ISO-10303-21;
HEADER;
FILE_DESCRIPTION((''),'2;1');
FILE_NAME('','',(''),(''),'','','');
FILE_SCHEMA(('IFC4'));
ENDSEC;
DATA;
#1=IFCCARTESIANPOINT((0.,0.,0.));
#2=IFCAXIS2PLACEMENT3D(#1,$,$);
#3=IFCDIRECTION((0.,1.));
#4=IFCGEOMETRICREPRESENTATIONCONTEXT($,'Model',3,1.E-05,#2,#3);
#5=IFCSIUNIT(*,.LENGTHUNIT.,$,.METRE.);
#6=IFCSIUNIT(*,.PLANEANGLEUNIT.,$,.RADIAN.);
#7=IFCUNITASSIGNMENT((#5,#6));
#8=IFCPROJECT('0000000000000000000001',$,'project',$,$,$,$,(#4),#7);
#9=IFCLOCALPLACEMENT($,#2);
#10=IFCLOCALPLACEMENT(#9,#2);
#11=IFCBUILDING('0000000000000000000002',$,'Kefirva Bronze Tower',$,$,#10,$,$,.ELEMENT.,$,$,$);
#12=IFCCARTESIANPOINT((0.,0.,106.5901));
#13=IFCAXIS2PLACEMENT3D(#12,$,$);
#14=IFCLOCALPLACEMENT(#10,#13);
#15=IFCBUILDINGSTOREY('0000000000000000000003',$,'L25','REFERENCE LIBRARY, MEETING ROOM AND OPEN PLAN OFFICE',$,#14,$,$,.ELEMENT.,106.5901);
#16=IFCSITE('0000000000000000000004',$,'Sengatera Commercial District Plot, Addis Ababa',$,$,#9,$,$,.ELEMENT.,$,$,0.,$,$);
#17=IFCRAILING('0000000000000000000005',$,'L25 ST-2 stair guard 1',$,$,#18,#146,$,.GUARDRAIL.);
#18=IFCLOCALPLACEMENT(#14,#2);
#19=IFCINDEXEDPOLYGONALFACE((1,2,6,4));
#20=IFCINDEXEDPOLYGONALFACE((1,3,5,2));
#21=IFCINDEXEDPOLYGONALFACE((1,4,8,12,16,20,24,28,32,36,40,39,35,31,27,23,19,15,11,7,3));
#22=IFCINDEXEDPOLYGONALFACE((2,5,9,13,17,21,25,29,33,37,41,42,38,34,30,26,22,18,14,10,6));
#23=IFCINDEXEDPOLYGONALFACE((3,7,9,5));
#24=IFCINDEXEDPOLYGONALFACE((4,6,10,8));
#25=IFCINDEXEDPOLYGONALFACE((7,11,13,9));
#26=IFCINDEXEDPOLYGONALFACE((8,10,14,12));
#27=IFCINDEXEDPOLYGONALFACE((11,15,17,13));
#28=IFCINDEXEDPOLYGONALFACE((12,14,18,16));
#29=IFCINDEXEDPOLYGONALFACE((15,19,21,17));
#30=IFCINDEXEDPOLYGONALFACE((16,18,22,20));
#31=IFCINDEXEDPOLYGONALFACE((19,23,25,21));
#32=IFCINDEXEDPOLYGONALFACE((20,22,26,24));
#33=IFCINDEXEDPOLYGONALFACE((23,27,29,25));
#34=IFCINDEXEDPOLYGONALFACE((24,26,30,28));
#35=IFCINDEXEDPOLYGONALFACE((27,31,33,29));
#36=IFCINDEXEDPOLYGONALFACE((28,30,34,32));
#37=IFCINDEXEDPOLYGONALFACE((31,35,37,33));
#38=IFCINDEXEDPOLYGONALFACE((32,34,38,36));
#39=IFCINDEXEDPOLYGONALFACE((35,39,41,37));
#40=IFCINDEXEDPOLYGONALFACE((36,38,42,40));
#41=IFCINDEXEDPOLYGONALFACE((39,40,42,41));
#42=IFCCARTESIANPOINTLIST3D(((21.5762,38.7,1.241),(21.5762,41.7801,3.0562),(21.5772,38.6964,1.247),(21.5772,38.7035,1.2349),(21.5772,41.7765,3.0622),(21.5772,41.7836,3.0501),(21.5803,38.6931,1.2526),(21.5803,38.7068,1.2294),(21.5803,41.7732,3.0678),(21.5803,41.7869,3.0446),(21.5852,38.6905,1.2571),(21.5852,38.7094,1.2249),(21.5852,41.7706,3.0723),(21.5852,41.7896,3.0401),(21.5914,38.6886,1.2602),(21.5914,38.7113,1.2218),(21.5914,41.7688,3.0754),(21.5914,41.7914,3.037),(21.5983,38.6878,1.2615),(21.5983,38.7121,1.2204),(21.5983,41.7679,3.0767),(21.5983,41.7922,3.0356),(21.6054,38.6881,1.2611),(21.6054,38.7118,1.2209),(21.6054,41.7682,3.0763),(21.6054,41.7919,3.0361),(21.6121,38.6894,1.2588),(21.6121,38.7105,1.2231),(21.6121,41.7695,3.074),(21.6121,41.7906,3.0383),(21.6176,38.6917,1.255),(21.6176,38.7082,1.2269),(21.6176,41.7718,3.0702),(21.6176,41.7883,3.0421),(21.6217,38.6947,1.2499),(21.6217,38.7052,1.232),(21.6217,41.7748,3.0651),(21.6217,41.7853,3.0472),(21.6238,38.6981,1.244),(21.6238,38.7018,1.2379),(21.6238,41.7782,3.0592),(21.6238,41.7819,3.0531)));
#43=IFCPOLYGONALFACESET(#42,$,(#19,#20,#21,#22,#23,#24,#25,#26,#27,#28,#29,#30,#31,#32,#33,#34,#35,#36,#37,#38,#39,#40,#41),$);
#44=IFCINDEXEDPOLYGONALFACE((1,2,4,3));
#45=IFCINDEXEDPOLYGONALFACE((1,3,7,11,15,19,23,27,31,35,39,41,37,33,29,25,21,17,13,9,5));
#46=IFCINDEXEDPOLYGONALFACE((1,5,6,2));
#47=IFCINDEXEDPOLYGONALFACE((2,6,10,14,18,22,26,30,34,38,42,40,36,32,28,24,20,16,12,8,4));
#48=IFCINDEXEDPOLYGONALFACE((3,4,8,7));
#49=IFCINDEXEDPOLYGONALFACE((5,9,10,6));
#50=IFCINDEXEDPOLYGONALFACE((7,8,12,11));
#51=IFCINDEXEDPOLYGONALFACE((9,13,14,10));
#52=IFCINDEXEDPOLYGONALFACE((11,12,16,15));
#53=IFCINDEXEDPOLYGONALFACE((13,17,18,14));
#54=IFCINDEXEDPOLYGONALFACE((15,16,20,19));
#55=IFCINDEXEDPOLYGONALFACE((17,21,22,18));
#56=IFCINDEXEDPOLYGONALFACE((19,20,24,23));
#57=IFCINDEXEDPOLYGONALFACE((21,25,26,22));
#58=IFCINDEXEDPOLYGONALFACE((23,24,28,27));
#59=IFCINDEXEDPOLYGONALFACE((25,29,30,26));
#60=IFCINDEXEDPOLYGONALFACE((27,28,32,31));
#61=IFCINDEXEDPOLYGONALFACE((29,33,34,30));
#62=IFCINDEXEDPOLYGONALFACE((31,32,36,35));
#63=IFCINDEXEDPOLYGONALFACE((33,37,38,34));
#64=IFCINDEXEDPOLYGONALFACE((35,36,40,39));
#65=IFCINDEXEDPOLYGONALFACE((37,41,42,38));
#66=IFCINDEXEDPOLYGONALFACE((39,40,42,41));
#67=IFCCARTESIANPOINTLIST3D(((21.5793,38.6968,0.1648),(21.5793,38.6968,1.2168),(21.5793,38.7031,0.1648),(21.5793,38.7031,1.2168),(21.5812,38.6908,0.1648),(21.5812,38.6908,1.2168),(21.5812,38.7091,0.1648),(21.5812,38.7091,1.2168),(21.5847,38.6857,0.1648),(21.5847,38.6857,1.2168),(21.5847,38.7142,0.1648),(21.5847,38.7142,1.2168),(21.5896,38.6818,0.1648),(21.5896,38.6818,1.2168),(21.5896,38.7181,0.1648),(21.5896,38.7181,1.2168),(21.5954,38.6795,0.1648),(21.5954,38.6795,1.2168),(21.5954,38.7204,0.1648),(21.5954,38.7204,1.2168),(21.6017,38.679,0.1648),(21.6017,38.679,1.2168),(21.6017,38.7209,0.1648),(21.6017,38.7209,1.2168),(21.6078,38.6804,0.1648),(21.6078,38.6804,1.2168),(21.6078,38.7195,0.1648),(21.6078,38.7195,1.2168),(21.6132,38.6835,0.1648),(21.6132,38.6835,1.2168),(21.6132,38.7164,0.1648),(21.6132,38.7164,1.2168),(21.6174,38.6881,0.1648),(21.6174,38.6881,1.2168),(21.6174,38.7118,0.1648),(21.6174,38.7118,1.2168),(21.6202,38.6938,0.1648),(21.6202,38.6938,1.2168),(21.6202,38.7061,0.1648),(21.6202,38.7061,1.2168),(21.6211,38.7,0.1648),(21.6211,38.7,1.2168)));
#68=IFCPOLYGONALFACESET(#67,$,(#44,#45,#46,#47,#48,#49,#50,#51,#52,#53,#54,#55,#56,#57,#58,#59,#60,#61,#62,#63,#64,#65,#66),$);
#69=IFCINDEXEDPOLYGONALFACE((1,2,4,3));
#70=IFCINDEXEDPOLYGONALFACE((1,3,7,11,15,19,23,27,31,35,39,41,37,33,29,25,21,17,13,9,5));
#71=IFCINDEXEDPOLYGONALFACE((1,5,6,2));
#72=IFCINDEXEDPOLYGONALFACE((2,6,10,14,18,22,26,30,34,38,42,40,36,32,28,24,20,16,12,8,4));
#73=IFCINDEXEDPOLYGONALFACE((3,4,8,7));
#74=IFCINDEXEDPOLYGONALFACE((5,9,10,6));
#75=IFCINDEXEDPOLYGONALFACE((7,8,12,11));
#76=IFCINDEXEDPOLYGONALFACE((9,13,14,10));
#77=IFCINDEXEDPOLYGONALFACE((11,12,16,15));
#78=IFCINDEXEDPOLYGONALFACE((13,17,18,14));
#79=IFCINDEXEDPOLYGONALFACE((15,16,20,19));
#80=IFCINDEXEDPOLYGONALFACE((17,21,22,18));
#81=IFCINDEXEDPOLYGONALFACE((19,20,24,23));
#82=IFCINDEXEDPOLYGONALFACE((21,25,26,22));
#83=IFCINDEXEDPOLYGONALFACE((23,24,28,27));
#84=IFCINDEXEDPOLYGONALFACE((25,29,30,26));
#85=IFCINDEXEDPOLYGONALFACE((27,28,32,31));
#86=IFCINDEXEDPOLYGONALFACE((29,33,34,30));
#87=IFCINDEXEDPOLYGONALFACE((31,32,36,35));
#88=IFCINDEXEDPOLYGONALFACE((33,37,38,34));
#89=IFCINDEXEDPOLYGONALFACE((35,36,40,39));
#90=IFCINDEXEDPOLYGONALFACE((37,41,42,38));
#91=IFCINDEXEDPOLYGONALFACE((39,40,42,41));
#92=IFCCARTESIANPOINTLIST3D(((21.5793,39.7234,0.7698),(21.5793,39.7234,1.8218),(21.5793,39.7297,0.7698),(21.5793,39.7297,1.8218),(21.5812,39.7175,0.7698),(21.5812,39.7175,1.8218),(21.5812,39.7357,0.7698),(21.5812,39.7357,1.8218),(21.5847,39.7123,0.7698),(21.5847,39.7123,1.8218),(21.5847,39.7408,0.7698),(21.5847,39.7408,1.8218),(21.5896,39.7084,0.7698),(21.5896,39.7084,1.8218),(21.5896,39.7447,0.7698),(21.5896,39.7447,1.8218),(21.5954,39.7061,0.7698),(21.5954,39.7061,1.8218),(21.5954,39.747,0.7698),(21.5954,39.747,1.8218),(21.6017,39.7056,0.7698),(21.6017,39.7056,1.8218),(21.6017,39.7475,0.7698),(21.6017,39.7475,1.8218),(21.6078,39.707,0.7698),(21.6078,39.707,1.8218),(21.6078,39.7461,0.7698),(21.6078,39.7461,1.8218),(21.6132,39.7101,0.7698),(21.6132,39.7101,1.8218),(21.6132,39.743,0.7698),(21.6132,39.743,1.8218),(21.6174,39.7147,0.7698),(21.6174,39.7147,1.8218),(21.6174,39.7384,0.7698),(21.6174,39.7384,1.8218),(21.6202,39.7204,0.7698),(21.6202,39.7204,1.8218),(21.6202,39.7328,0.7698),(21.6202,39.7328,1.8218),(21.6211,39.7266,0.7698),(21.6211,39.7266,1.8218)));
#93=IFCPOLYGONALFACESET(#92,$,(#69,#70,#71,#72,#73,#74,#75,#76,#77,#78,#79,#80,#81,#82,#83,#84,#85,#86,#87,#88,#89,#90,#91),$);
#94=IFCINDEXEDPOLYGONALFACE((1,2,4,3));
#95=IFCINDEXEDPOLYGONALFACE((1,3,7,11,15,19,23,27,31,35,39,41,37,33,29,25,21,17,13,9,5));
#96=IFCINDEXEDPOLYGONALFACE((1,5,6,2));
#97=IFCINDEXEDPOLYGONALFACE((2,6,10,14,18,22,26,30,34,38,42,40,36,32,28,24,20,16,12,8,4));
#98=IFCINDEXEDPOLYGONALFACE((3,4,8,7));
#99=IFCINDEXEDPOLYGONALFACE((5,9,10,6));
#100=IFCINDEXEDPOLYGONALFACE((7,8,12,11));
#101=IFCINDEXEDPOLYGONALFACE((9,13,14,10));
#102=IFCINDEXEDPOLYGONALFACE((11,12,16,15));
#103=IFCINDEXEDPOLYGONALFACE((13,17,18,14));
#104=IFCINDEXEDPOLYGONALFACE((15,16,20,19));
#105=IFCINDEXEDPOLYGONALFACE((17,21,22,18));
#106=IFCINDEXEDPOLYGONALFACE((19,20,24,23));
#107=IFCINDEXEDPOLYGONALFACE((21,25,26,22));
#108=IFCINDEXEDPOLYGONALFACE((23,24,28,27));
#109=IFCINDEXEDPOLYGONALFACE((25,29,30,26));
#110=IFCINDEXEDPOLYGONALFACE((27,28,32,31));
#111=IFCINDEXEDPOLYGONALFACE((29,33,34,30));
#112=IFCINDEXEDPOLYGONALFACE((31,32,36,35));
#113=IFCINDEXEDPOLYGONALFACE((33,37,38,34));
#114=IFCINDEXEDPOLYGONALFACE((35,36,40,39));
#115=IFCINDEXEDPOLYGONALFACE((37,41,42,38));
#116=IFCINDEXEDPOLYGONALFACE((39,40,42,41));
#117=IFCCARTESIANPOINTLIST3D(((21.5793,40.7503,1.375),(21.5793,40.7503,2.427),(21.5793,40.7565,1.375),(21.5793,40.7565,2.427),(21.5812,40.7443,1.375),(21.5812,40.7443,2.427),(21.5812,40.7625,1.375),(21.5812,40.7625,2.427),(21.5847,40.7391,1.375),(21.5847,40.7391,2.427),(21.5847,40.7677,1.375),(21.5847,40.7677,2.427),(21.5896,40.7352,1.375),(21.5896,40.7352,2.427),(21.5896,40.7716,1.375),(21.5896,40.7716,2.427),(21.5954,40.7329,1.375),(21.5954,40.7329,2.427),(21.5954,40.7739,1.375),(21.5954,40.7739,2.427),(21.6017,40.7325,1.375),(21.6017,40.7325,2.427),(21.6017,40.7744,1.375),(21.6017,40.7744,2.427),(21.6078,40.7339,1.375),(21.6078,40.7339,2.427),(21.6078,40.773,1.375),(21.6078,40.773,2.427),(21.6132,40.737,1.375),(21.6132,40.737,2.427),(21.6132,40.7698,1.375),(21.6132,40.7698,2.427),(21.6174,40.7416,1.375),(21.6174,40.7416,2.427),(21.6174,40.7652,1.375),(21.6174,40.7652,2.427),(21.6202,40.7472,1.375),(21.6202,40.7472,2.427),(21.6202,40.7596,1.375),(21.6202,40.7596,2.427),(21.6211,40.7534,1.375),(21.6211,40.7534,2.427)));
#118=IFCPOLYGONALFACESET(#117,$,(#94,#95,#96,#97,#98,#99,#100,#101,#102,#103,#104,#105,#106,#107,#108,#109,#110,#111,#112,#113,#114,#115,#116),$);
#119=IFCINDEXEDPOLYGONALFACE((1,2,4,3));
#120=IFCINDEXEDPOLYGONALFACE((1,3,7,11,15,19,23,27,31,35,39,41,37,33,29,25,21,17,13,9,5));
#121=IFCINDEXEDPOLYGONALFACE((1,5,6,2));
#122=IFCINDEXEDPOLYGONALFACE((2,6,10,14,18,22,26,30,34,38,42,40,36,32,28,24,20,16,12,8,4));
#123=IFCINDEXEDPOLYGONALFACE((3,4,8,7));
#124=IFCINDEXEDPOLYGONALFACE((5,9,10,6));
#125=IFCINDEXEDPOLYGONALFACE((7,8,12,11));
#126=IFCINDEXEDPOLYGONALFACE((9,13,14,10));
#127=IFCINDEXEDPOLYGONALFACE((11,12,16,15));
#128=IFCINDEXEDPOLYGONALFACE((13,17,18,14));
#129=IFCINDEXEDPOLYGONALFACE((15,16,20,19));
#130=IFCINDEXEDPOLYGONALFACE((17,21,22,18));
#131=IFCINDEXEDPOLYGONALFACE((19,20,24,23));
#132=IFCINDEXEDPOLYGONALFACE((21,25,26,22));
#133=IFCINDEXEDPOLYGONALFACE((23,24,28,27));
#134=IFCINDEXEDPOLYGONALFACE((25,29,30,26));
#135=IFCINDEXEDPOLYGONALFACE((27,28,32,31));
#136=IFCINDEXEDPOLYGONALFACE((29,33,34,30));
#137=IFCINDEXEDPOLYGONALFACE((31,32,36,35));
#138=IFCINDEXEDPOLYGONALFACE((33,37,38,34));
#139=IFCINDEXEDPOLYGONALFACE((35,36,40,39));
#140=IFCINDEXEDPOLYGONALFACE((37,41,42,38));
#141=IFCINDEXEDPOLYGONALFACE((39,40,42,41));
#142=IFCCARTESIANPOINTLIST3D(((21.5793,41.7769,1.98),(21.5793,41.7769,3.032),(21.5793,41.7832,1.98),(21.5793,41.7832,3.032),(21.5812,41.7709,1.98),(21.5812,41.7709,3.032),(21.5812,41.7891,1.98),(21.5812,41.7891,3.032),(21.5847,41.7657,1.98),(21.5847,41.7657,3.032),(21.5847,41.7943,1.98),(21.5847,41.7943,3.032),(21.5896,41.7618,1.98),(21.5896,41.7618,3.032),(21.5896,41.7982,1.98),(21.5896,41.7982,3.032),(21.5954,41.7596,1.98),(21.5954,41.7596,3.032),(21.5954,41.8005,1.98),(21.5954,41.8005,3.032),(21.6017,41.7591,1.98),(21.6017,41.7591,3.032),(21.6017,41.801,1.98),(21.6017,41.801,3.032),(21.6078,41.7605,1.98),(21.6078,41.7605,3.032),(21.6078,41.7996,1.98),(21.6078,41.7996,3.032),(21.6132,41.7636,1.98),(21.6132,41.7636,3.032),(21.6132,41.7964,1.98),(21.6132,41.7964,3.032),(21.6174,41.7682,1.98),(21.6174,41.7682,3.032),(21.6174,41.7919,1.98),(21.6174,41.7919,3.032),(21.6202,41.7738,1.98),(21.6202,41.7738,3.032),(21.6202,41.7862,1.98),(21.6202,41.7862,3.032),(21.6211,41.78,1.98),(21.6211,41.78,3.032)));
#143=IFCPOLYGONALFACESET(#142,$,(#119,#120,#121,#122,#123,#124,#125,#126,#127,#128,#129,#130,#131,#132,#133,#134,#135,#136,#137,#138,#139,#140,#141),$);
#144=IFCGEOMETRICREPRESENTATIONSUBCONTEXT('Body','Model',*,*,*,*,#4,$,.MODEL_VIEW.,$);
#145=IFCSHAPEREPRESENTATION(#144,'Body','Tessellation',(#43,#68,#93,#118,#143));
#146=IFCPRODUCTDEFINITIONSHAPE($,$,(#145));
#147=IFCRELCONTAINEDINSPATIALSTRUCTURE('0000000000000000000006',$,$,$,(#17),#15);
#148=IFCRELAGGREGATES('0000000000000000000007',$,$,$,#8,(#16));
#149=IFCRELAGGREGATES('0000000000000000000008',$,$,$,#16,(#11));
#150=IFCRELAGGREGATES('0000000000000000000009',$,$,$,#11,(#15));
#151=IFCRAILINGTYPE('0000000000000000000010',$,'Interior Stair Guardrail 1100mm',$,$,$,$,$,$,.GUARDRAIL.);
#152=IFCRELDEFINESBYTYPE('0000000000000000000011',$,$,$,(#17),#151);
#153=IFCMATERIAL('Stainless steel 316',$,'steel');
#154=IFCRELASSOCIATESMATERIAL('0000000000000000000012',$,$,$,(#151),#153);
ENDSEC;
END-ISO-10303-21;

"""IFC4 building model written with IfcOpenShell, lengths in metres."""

from ifc_helpers import new_model, si_unit, direction, frame, origin, origin_2d, place, context, subcontext, project, spatial, circle, extrude, material, type_object, element, save


model = new_model("IFC4")

# Units and contexts
model_context = context("Model", 3, precision=1e-05, world=origin(), true_north=direction((0.0, 1.0)))
body_context = subcontext(model_context, "Body", "Model", "MODEL_VIEW")
ifc_project = project(units=[si_unit("LENGTHUNIT", "METRE"), si_unit("PLANEANGLEUNIT", "RADIAN")], contexts=[model_context])

# Site, building, storey
site_placement = place(None, origin())
site = spatial("IfcSite", under=ifc_project, at=site_placement, Name="Sengatera Commercial District Plot, Addis Ababa", CompositionType="ELEMENT", RefElevation=0.0)
building_placement = place(site_placement, origin())
building = spatial("IfcBuilding", under=site, at=building_placement, Name="Kefirva Bronze Tower", CompositionType="ELEMENT")
storey_placement = place(building_placement, frame((0.0, 0.0, 106.5901)))
storey = spatial("IfcBuildingStorey", under=building, at=storey_placement, Name="L25", Description="REFERENCE LIBRARY, MEETING ROOM AND OPEN PLAN OFFICE", CompositionType="ELEMENT", Elevation=106.5901)

# Railing
ifc_material_1 = material(Name="Stainless steel 316", Category="steel")
railing_type_1 = type_object("IfcRailingType", Name="Interior Stair Guardrail 1100mm", PredefinedType="GUARDRAIL", material=ifc_material_1)
railing_1_placement = place(storey_placement, frame((21.6001, 38.7, 0.1648)))
element("IfcRailing", 1, at=railing_1_placement, inside=storey, type_object=railing_type_1, Name="L25 ST-2 stair guard 1", PredefinedType="GUARDRAIL", context=body_context, shape_type="SweptSolid", body=[
    extrude(circle(Radius=0.0239, at=origin_2d()), frame((0.0, 0.0, 1.0762), z_axis=(0.0, 0.861521, 0.507721), x_axis=(-1.0, 0.0, 0.0)), (0.0, 0.0, 1.0), 3.5752),
    extrude(circle(Radius=0.021, at=origin_2d()), origin(), (0.0, 0.0, 1.0), 1.052),
    extrude(circle(Radius=0.021, at=origin_2d()), frame((0.0, 1.0266, 0.605)), (0.0, 0.0, 1.0), 1.052),
    extrude(circle(Radius=0.021, at=origin_2d()), frame((0.0, 2.0535, 1.2102)), (0.0, 0.0, 1.0), 1.052),
    extrude(circle(Radius=0.021, at=origin_2d()), frame((0.0, 3.0801, 1.8152)), (0.0, 0.0, 1.0), 1.052),
])

save(model, "model.ifc")
